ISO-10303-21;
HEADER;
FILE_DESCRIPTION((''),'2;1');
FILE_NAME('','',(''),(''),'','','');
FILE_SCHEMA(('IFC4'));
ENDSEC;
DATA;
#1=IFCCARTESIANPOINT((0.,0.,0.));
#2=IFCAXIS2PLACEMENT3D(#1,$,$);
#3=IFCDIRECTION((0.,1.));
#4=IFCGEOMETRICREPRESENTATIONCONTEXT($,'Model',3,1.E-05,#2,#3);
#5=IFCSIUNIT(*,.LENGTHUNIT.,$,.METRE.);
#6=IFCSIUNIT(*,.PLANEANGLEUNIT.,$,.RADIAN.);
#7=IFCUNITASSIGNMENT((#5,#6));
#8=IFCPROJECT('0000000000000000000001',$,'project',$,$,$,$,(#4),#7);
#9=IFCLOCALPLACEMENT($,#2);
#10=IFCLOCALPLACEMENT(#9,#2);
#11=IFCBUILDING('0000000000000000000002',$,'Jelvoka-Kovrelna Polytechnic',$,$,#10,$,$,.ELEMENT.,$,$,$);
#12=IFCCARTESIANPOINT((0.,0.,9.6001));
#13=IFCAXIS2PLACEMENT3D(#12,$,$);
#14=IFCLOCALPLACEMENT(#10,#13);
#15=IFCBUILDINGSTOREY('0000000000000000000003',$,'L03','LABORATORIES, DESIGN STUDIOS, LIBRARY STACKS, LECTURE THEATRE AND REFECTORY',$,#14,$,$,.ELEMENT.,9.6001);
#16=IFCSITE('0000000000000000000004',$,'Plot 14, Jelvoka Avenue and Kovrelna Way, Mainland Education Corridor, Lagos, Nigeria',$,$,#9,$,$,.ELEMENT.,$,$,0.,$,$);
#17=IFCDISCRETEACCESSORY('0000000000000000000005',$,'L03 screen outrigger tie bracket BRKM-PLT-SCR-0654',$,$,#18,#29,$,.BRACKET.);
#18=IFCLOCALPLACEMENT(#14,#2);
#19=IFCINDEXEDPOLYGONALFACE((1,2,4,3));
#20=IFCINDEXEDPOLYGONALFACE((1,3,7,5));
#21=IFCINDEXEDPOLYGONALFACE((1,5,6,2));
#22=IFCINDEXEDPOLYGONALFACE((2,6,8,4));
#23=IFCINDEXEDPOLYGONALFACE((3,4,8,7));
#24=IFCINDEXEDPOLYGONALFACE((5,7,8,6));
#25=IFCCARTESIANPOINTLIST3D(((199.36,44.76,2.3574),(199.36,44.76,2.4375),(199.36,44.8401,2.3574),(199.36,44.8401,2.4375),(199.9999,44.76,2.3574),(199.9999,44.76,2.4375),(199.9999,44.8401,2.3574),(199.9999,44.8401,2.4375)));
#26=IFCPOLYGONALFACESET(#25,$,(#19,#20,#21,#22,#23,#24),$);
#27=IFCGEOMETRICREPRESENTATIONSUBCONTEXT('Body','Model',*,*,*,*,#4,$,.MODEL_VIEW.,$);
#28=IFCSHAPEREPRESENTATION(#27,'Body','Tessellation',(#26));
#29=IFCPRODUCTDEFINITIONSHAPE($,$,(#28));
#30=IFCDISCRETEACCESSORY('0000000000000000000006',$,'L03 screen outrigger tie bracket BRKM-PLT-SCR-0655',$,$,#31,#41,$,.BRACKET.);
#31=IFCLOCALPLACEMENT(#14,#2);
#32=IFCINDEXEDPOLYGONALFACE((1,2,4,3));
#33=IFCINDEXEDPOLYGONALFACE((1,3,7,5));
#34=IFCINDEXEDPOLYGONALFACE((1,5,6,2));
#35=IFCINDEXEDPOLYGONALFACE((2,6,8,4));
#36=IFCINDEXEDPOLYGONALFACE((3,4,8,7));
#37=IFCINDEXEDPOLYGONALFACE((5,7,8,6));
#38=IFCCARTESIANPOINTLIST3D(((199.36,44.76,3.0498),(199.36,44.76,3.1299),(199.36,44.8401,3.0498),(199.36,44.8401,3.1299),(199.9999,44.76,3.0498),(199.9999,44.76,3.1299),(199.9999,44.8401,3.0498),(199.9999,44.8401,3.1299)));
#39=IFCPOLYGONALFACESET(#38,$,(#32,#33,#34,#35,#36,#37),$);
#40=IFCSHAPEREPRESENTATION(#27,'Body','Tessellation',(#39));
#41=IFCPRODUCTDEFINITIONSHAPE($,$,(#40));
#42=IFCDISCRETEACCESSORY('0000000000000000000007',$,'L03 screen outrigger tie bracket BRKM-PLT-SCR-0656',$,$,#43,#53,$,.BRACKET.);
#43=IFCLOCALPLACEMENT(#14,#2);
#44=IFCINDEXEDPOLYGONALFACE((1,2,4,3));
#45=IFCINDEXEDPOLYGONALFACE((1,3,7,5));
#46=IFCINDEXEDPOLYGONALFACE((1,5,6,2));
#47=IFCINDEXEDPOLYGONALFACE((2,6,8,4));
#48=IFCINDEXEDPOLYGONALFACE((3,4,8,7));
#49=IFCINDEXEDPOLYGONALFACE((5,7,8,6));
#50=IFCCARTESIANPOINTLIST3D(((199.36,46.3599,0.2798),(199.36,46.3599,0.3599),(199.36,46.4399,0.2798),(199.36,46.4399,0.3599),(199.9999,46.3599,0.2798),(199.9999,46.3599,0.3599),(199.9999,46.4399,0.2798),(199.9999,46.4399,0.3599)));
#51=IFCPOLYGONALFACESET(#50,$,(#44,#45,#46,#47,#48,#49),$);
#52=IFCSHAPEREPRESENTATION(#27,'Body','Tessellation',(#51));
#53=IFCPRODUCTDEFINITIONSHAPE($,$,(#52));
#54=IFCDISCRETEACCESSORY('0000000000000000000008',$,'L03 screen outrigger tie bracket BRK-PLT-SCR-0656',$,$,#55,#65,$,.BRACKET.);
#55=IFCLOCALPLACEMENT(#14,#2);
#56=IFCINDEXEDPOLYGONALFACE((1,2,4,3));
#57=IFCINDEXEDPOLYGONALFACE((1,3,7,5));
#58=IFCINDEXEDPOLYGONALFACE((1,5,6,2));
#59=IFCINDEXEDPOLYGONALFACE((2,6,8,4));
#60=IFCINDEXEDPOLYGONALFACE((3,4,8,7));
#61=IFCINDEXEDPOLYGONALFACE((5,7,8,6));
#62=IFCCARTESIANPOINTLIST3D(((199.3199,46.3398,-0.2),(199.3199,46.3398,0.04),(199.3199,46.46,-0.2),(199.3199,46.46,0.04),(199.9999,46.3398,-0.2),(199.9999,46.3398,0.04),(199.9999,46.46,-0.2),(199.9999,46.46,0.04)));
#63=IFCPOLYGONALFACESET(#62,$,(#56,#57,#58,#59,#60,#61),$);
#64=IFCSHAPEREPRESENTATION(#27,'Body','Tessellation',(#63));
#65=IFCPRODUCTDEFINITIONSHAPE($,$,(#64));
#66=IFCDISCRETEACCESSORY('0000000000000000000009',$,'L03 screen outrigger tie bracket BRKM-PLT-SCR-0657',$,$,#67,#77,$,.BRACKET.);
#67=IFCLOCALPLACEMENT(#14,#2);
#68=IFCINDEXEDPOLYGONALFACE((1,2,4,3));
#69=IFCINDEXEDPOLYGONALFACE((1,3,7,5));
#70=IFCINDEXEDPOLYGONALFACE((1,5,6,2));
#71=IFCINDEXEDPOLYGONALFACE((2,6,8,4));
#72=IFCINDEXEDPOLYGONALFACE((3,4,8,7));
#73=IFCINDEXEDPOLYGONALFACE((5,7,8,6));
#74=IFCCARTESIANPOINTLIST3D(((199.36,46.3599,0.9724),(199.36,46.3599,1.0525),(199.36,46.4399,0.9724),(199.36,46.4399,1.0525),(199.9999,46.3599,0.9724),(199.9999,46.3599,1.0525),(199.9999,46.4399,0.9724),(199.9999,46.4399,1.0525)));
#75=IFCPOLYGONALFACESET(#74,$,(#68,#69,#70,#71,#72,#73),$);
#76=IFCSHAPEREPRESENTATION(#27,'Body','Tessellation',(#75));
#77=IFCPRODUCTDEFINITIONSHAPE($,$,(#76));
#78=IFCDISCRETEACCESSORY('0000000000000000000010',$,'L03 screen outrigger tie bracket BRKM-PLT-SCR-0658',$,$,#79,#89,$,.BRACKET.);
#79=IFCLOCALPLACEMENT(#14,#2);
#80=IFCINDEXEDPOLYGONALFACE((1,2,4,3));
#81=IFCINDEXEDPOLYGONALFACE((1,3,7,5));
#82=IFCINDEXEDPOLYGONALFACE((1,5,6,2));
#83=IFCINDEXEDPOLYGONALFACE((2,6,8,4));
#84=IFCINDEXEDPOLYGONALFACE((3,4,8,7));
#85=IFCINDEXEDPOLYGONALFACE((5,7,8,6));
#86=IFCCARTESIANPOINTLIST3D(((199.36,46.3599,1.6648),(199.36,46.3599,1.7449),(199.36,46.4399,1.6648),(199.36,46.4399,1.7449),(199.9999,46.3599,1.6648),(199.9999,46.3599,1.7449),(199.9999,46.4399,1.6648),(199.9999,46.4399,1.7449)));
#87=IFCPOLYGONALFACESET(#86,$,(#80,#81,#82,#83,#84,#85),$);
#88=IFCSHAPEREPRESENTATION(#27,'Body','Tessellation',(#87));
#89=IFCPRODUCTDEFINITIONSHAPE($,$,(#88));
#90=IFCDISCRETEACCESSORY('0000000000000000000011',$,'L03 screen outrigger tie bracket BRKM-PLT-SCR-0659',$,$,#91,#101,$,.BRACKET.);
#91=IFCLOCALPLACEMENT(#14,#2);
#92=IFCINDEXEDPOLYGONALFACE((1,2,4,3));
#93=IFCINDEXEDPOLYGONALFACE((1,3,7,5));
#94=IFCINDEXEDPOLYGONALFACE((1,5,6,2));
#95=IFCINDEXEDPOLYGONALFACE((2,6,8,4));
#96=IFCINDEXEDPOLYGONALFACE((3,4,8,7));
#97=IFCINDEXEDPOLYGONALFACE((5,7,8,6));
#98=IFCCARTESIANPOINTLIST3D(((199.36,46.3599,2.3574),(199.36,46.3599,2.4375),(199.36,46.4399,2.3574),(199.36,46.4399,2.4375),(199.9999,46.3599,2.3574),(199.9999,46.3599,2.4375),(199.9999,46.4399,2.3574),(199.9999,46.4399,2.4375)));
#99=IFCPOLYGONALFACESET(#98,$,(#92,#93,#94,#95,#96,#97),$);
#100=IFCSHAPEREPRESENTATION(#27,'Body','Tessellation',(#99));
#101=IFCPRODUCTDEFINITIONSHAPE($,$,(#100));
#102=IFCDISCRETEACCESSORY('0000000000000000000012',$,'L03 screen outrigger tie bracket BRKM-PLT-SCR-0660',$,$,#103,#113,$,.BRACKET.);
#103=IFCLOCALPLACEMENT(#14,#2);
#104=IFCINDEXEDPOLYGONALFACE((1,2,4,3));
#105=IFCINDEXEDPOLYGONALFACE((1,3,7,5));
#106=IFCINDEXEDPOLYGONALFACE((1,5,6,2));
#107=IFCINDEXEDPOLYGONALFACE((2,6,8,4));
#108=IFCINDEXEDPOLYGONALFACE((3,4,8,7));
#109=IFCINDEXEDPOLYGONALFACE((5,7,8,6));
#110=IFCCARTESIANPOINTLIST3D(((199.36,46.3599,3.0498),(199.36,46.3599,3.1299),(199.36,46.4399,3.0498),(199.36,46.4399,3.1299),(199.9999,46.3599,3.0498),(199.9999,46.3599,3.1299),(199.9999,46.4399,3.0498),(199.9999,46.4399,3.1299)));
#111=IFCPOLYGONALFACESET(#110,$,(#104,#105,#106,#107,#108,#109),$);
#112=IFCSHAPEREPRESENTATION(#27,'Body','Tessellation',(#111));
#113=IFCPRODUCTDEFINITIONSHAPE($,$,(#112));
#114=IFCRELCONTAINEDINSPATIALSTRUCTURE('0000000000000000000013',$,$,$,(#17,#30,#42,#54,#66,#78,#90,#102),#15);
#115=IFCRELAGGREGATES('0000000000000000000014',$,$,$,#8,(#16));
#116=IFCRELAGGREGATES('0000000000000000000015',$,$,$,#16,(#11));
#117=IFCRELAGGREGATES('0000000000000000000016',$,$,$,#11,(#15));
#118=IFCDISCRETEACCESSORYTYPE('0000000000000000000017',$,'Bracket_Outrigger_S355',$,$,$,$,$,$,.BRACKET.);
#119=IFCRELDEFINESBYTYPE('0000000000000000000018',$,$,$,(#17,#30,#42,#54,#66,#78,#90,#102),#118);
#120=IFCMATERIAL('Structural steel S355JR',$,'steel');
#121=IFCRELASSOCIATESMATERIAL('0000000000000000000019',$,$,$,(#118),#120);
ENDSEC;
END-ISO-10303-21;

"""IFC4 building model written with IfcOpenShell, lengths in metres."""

from ifc_helpers import new_model, si_unit, direction, frame, origin, origin_2d, place, context, subcontext, project, spatial, rectangle, extrude, material, type_object, element, save


model = new_model("IFC4")

# Units and contexts
model_context = context("Model", 3, precision=1e-05, world=origin(), true_north=direction((0.0, 1.0)))
body_context = subcontext(model_context, "Body", "Model", "MODEL_VIEW")
ifc_project = project(units=[si_unit("LENGTHUNIT", "METRE"), si_unit("PLANEANGLEUNIT", "RADIAN")], contexts=[model_context])

# Site, building, storey
site_placement = place(None, origin())
site = spatial("IfcSite", under=ifc_project, at=site_placement, Name="Plot 14, Jelvoka Avenue and Kovrelna Way, Mainland Education Corridor, Lagos, Nigeria", CompositionType="ELEMENT", RefElevation=0.0)
building_placement = place(site_placement, origin())
building = spatial("IfcBuilding", under=site, at=building_placement, Name="Jelvoka-Kovrelna Polytechnic", CompositionType="ELEMENT")
storey_placement = place(building_placement, frame((0.0, 0.0, 9.6001)))
storey = spatial("IfcBuildingStorey", under=building, at=storey_placement, Name="L03", Description="LABORATORIES, DESIGN STUDIOS, LIBRARY STACKS, LECTURE THEATRE AND REFECTORY", CompositionType="ELEMENT", Elevation=9.6001)

# Discrete accessories
ifc_material_1 = material(Name="Structural steel S355JR", Category="steel")
discrete_accessory_type = type_object("IfcDiscreteAccessoryType", Name="Bracket_Outrigger_S355", PredefinedType="BRACKET", material=ifc_material_1)
for number, where, z_axis, x_axis, name in (
    (1, (199.6799, 44.8, 2.3574), (0.0, 0.0, 1.0), (1.0, 0.0, 0.0), "L03 screen outrigger tie bracket BRKM-PLT-SCR-0654"),
    (2, (199.6799, 44.8, 3.0498), (0.0, 0.0, 1.0), (1.0, 0.0, 0.0), "L03 screen outrigger tie bracket BRKM-PLT-SCR-0655"),
    (3, (199.6799, 46.3999, 0.2798), (0.0, 0.0, 1.0), (1.0, 0.0, 0.0), "L03 screen outrigger tie bracket BRKM-PLT-SCR-0656"),
):
    element("IfcDiscreteAccessory", number, at=place(storey_placement, frame(where, z_axis=z_axis, x_axis=x_axis)), inside=storey, type_object=discrete_accessory_type, Name=name, PredefinedType="BRACKET", context=body_context, shape_type="SweptSolid", body=[
        extrude(rectangle(XDim=0.6399, YDim=0.0801, at=origin_2d()), origin(), (0.0, 0.0, 1.0), 0.0801),
    ])
discrete_accessory_1_placement = place(storey_placement, frame((199.6599, 46.3999, -0.2), z_axis=(0.0, 0.0, 1.0), x_axis=(1.0, 0.0, 0.0)))
element("IfcDiscreteAccessory", 4, at=discrete_accessory_1_placement, inside=storey, type_object=discrete_accessory_type, Name="L03 screen outrigger tie bracket BRK-PLT-SCR-0656", PredefinedType="BRACKET", context=body_context, shape_type="SweptSolid", body=[
    extrude(rectangle(XDim=0.6799, YDim=0.1201, at=origin_2d()), origin(), (0.0, 0.0, 1.0), 0.24),
])
for number, where, z_axis, x_axis, name in (
    (5, (199.6799, 46.3999, 0.9724), (0.0, 0.0, 1.0), (1.0, 0.0, 0.0), "L03 screen outrigger tie bracket BRKM-PLT-SCR-0657"),
    (6, (199.6799, 46.3999, 1.6648), (0.0, 0.0, 1.0), (1.0, 0.0, 0.0), "L03 screen outrigger tie bracket BRKM-PLT-SCR-0658"),
    (7, (199.6799, 46.3999, 2.3574), (0.0, 0.0, 1.0), (1.0, 0.0, 0.0), "L03 screen outrigger tie bracket BRKM-PLT-SCR-0659"),
    (8, (199.6799, 46.3999, 3.0498), (0.0, 0.0, 1.0), (1.0, 0.0, 0.0), "L03 screen outrigger tie bracket BRKM-PLT-SCR-0660"),
):
    element("IfcDiscreteAccessory", number, at=place(storey_placement, frame(where, z_axis=z_axis, x_axis=x_axis)), inside=storey, type_object=discrete_accessory_type, Name=name, PredefinedType="BRACKET", context=body_context, shape_type="SweptSolid", body=[
        extrude(rectangle(XDim=0.6399, YDim=0.0801, at=origin_2d()), origin(), (0.0, 0.0, 1.0), 0.0801),
    ])

save(model, "model.ifc")
